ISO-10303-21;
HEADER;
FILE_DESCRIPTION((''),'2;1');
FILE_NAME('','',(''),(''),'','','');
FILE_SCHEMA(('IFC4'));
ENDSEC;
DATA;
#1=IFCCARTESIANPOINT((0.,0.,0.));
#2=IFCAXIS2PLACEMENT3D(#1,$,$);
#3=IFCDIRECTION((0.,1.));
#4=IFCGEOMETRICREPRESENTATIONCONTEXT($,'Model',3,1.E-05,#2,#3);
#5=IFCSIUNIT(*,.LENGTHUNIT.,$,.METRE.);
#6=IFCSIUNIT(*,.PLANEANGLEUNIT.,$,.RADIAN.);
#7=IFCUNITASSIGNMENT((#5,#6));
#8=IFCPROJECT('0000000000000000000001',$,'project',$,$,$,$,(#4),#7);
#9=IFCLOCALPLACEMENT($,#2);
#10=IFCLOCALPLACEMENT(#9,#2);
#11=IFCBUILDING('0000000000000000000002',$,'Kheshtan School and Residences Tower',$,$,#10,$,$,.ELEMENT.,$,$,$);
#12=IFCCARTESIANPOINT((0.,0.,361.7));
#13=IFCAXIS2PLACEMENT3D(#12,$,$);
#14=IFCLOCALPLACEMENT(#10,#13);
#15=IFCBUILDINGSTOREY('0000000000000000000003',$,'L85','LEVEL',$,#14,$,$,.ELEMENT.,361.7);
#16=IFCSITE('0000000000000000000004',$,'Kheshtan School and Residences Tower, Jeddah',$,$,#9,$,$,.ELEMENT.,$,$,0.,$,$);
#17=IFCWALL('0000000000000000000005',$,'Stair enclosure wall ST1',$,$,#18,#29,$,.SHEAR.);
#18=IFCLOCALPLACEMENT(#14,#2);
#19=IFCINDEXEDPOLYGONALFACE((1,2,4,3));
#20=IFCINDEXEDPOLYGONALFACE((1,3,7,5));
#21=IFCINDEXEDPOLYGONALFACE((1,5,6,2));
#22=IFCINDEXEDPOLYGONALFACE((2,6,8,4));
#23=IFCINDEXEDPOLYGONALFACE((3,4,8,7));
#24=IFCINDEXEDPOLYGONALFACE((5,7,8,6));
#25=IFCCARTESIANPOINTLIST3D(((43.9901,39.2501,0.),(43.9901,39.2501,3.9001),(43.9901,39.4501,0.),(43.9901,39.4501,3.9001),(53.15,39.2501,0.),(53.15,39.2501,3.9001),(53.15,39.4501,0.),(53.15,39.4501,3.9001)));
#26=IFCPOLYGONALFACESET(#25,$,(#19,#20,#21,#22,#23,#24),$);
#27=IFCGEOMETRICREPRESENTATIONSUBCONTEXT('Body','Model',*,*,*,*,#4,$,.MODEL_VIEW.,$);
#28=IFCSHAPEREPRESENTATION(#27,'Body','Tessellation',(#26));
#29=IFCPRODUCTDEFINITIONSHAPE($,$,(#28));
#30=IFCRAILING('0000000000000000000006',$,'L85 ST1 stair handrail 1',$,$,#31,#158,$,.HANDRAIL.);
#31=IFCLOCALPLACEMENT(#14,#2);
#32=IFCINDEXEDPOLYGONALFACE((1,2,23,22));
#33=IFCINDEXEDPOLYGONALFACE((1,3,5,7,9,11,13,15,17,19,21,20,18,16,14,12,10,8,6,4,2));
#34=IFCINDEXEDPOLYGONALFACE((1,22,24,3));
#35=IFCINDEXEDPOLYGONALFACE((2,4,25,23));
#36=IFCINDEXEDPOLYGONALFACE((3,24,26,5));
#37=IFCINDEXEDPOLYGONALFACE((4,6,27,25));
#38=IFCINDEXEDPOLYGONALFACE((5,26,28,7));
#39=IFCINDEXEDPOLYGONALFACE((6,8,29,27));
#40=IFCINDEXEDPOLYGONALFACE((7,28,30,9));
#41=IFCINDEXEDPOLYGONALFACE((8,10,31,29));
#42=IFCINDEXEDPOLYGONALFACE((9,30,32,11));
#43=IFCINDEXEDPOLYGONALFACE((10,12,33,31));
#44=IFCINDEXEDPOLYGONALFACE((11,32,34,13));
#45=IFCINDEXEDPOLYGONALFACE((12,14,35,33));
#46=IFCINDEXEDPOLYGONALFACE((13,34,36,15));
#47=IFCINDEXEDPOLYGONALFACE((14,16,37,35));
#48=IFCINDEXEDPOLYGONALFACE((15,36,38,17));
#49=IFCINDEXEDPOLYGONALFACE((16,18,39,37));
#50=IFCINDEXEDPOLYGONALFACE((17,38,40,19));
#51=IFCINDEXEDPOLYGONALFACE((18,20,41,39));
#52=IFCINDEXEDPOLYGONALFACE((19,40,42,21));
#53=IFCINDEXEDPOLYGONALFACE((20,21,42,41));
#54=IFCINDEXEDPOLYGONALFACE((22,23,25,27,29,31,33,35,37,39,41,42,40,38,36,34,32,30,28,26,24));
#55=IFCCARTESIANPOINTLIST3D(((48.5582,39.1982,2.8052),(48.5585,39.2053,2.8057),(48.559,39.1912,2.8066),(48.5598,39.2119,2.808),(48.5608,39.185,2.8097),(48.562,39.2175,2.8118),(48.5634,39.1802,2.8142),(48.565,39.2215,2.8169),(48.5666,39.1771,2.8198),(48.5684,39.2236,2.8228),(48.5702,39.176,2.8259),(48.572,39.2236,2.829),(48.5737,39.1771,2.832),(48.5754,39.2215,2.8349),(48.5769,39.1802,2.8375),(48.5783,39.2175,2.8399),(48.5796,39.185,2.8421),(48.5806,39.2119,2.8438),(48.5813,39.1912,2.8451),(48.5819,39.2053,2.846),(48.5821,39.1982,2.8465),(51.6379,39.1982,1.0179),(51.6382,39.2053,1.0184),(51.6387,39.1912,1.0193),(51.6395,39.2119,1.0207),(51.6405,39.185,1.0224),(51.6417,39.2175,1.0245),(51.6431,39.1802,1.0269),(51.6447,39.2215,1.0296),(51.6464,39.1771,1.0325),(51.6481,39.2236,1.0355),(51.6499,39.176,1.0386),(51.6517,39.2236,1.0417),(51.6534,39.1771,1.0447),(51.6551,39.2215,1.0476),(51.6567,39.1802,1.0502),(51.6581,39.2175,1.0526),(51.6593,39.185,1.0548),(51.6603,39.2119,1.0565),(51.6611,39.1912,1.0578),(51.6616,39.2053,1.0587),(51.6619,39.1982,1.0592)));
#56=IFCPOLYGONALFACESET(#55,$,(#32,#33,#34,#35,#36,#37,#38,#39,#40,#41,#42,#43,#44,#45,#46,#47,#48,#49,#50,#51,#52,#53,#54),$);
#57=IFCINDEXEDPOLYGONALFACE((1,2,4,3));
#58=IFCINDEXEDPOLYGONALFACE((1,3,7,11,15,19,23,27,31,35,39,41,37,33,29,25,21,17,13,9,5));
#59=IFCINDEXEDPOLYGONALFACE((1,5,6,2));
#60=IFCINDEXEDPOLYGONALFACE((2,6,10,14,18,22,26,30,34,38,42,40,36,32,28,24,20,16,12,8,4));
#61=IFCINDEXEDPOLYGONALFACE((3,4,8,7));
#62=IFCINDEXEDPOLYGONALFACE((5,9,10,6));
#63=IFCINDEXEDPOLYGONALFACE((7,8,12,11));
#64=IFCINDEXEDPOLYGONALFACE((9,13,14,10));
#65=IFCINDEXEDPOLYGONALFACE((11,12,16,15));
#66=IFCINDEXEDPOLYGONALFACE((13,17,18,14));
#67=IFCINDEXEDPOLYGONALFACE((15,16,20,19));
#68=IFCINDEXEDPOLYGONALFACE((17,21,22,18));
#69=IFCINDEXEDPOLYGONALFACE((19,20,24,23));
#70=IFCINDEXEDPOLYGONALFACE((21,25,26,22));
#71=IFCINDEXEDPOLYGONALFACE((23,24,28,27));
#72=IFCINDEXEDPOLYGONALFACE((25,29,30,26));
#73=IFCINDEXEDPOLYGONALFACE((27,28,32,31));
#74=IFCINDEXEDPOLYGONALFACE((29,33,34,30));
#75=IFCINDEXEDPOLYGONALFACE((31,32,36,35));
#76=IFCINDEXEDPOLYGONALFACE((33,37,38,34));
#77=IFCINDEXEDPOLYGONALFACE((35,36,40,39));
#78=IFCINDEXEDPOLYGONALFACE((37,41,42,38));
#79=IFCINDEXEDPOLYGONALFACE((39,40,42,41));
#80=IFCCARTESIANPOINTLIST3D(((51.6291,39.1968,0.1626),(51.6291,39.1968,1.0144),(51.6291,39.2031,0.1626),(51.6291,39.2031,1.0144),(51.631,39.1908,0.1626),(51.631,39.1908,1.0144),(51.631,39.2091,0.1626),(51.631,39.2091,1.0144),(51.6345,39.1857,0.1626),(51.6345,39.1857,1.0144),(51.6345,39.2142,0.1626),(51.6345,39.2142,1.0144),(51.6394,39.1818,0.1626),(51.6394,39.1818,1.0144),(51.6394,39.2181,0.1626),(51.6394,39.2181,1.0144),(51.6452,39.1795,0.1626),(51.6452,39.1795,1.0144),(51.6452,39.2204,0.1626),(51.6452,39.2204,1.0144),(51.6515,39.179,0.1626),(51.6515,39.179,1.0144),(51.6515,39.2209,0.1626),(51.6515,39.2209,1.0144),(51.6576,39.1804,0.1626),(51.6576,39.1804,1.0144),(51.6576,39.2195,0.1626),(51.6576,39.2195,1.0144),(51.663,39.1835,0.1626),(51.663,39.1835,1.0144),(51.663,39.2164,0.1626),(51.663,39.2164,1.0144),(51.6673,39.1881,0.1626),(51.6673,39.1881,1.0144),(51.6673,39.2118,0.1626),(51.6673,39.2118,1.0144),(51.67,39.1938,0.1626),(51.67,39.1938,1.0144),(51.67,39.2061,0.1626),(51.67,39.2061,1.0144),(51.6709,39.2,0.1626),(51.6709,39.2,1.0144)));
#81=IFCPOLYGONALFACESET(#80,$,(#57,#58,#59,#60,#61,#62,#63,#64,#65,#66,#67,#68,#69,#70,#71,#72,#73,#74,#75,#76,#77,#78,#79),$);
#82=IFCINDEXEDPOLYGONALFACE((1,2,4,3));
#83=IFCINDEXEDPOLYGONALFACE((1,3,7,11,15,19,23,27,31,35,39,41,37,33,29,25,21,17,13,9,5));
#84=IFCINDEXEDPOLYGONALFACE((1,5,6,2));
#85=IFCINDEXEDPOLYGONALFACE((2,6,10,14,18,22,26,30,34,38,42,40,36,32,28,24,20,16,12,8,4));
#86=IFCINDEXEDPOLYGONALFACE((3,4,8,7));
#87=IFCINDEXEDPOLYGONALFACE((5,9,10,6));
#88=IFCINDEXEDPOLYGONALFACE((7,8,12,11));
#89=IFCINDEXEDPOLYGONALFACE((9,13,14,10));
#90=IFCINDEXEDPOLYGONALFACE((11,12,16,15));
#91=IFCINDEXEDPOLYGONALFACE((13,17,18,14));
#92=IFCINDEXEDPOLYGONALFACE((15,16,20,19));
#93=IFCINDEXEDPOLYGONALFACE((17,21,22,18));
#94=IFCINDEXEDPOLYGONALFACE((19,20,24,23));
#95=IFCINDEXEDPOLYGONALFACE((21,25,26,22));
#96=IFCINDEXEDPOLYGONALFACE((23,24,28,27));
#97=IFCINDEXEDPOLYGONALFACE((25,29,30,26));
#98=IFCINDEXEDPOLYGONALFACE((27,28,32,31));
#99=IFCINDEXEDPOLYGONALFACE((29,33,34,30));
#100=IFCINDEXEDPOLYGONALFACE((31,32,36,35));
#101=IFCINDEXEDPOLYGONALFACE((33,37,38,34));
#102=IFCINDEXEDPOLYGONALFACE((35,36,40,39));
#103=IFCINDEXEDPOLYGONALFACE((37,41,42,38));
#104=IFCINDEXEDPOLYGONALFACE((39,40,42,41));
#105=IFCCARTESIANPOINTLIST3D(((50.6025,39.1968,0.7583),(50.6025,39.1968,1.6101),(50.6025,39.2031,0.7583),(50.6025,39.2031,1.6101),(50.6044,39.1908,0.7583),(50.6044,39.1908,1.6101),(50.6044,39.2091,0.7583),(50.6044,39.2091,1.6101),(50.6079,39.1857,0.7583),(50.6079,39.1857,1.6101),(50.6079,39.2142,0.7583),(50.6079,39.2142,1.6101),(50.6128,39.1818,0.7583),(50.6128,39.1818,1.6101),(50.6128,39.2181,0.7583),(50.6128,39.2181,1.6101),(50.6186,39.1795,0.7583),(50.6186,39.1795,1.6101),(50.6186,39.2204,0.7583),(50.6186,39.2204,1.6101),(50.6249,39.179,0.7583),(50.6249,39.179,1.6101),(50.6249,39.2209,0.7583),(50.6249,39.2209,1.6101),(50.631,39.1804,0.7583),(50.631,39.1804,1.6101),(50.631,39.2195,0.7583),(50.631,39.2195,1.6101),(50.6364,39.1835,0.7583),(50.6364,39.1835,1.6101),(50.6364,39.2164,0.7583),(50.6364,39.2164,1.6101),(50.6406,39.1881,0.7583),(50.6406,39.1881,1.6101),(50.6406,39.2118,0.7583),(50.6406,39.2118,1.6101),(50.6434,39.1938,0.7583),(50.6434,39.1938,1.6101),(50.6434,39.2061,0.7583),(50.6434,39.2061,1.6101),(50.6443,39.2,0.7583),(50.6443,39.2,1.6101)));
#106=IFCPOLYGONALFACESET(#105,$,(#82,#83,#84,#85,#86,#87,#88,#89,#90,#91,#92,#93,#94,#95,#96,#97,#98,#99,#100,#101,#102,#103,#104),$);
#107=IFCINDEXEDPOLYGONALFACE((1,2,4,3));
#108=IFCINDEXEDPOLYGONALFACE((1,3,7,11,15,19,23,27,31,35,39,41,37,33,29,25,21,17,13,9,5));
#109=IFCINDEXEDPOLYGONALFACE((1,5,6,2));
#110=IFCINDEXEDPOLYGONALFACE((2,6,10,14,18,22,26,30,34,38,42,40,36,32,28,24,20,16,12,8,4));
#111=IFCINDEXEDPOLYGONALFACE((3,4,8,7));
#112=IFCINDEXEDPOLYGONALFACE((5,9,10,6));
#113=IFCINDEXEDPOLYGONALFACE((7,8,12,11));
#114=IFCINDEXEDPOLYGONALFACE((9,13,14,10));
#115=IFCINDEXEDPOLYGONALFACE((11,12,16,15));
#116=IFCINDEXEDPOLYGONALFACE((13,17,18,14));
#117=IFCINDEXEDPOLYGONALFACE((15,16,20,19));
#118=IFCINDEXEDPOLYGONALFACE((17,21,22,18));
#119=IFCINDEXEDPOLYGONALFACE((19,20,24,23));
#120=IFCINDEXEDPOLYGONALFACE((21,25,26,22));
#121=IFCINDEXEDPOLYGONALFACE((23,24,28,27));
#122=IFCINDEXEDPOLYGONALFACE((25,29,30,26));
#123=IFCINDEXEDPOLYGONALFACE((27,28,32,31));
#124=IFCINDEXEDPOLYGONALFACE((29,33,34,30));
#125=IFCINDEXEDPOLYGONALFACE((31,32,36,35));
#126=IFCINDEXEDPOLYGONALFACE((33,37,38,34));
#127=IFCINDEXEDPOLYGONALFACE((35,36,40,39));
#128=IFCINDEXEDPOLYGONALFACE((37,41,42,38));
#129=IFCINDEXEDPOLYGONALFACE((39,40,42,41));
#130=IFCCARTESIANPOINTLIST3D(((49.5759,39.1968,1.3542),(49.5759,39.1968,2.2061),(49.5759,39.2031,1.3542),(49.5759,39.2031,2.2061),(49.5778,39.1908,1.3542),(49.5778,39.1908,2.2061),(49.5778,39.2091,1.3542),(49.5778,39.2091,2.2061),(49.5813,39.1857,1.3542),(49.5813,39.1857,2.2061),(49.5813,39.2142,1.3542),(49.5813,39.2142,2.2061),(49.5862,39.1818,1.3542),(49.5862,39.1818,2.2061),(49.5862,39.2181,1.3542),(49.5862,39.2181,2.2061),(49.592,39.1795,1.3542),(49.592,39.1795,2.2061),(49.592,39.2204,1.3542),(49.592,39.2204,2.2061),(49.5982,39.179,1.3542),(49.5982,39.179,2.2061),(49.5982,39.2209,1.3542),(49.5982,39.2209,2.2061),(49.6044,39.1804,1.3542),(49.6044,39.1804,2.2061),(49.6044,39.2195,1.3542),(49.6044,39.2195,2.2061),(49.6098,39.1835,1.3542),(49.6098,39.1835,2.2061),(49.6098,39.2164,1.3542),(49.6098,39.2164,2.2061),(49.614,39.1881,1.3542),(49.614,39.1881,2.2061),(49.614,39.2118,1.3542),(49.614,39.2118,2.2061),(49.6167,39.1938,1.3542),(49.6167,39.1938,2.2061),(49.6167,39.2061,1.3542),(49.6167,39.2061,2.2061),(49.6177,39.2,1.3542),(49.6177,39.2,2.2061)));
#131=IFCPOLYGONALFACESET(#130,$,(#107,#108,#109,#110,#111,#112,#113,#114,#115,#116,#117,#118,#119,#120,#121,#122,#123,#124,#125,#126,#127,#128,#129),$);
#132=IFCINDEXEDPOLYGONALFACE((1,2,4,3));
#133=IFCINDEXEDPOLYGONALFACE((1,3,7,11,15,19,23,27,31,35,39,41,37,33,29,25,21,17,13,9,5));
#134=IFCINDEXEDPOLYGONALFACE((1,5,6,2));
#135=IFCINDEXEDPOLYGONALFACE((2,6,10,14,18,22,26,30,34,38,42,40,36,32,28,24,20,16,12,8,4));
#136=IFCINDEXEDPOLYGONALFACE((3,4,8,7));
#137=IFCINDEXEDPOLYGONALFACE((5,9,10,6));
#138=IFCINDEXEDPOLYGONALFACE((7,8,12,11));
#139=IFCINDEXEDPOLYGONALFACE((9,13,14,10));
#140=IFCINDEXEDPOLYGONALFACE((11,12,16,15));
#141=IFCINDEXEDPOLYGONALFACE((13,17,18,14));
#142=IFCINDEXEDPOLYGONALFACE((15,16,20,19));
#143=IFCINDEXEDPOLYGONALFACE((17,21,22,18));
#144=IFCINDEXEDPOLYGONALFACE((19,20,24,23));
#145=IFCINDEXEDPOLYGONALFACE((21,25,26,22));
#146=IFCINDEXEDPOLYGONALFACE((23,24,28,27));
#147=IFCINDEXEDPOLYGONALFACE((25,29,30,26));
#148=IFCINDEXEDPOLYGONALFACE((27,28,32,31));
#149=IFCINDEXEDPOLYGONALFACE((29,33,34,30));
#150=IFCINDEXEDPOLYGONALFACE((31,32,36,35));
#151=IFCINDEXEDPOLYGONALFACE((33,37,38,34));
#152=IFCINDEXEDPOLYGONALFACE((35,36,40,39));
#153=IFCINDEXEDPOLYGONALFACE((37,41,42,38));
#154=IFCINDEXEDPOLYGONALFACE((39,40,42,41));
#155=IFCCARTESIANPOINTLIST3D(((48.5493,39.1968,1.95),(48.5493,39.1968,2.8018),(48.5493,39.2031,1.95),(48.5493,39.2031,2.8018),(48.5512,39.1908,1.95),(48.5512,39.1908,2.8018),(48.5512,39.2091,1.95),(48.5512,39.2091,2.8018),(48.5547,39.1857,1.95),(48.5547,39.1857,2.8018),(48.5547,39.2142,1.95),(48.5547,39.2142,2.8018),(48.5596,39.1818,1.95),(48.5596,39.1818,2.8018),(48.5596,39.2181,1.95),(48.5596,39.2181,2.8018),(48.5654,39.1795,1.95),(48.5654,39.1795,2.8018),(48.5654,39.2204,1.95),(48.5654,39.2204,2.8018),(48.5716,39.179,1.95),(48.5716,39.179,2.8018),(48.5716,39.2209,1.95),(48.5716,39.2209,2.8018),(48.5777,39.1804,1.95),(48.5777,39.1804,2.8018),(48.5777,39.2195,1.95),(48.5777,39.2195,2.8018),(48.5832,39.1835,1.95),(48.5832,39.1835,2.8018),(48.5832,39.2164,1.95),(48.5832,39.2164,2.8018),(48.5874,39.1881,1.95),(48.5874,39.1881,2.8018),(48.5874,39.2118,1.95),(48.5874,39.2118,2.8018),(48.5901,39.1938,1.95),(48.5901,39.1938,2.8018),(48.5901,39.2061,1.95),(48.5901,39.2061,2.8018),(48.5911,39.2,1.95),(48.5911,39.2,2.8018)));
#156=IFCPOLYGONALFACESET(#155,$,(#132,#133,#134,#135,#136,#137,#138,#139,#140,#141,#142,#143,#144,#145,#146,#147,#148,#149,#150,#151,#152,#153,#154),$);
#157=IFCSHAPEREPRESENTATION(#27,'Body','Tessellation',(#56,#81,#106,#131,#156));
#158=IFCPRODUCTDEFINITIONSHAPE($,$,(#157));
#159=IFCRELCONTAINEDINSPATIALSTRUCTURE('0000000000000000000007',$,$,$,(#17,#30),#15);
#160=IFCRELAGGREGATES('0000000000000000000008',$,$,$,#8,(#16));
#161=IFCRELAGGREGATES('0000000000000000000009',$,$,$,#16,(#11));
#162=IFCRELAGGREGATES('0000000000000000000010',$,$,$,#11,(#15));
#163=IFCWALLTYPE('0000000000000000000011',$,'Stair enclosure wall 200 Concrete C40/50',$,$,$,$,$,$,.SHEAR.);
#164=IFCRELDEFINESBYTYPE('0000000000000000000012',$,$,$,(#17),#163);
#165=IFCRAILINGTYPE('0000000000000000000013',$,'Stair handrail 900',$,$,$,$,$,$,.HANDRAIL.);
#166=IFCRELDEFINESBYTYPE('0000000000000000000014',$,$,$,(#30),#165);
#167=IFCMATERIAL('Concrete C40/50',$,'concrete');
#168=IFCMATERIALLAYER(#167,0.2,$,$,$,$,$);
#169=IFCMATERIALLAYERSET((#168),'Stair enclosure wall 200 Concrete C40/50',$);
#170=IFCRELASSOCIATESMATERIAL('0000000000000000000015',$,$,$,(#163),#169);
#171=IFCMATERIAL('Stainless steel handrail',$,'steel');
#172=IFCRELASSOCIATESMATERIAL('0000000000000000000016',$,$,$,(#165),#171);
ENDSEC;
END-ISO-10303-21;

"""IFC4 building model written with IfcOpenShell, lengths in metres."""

from ifc_helpers import new_model, si_unit, direction, frame, frame_2d, origin, origin_2d, place, context, subcontext, project, spatial, rectangle, circle, extrude, material, layer, layer_set, type_object, element, save


model = new_model("IFC4")

# Units and contexts
model_context = context("Model", 3, precision=1e-05, world=origin(), true_north=direction((0.0, 1.0)))
body_context = subcontext(model_context, "Body", "Model", "MODEL_VIEW")
ifc_project = project(units=[si_unit("LENGTHUNIT", "METRE"), si_unit("PLANEANGLEUNIT", "RADIAN")], contexts=[model_context])

# Site, building, storey
site_placement = place(None, origin())
site = spatial("IfcSite", under=ifc_project, at=site_placement, Name="Kheshtan School and Residences Tower, Jeddah", CompositionType="ELEMENT", RefElevation=0.0)
building_placement = place(site_placement, origin())
building = spatial("IfcBuilding", under=site, at=building_placement, Name="Kheshtan School and Residences Tower", CompositionType="ELEMENT")
storey_placement = place(building_placement, frame((0.0, 0.0, 361.7)))
storey = spatial("IfcBuildingStorey", under=building, at=storey_placement, Name="L85", Description="LEVEL", CompositionType="ELEMENT", Elevation=361.7)

# Wall
ifc_material_1 = material(Name="Concrete C40/50", Category="concrete")
ifc_layer_1 = layer(ifc_material_1, 0.2)
ifc_layer_set_1 = layer_set([ifc_layer_1], Name="Stair enclosure wall 200 Concrete C40/50")
wall_type_1 = type_object("IfcWallType", Name="Stair enclosure wall 200 Concrete C40/50", PredefinedType="SHEAR", material=ifc_layer_set_1)
wall_1_placement = place(storey_placement, frame((43.99, 39.3501, 0.0), z_axis=(0.0, 0.0, 1.0), x_axis=(1.0, 0.0, 0.0)))
element("IfcWall", 1, at=wall_1_placement, inside=storey, type_object=wall_type_1, Name="Stair enclosure wall ST1", PredefinedType="SHEAR", context=body_context, shape_type="SweptSolid", body=[
    extrude(rectangle(XDim=9.1599, YDim=0.2, at=frame_2d((4.5801, 0.0))), origin(), (0.0, 0.0, 1.0), 3.9001),
])

# Railing
ifc_material_2 = material(Name="Stainless steel handrail", Category="steel")
railing_type = type_object("IfcRailingType", Name="Stair handrail 900", PredefinedType="HANDRAIL", material=ifc_material_2)
railing_placement = place(storey_placement, frame((51.6499, 39.2, 0.1626)))
element("IfcRailing", 2, at=railing_placement, inside=storey, type_object=railing_type, Name="L85 ST1 stair handrail 1", PredefinedType="HANDRAIL", context=body_context, shape_type="SweptSolid", body=[
    extrude(circle(Radius=0.0239, at=origin_2d()), frame((0.0, 0.0, 0.876), z_axis=(-0.864903, 0.0, 0.501939), x_axis=(0.0, -1.0, 0.0)), (0.0, 0.0, 1.0), 3.5608),
    extrude(circle(Radius=0.021, at=origin_2d()), origin(), (0.0, 0.0, 1.0), 0.8518),
    extrude(circle(Radius=0.021, at=origin_2d()), frame((-1.0266, 0.0, 0.5957)), (0.0, 0.0, 1.0), 0.8518),
    extrude(circle(Radius=0.021, at=origin_2d()), frame((-2.0532, 0.0, 1.1917)), (0.0, 0.0, 1.0), 0.8518),
    extrude(circle(Radius=0.021, at=origin_2d()), frame((-3.0798, 0.0, 1.7874)), (0.0, 0.0, 1.0), 0.8518),
])

save(model, "model.ifc")
